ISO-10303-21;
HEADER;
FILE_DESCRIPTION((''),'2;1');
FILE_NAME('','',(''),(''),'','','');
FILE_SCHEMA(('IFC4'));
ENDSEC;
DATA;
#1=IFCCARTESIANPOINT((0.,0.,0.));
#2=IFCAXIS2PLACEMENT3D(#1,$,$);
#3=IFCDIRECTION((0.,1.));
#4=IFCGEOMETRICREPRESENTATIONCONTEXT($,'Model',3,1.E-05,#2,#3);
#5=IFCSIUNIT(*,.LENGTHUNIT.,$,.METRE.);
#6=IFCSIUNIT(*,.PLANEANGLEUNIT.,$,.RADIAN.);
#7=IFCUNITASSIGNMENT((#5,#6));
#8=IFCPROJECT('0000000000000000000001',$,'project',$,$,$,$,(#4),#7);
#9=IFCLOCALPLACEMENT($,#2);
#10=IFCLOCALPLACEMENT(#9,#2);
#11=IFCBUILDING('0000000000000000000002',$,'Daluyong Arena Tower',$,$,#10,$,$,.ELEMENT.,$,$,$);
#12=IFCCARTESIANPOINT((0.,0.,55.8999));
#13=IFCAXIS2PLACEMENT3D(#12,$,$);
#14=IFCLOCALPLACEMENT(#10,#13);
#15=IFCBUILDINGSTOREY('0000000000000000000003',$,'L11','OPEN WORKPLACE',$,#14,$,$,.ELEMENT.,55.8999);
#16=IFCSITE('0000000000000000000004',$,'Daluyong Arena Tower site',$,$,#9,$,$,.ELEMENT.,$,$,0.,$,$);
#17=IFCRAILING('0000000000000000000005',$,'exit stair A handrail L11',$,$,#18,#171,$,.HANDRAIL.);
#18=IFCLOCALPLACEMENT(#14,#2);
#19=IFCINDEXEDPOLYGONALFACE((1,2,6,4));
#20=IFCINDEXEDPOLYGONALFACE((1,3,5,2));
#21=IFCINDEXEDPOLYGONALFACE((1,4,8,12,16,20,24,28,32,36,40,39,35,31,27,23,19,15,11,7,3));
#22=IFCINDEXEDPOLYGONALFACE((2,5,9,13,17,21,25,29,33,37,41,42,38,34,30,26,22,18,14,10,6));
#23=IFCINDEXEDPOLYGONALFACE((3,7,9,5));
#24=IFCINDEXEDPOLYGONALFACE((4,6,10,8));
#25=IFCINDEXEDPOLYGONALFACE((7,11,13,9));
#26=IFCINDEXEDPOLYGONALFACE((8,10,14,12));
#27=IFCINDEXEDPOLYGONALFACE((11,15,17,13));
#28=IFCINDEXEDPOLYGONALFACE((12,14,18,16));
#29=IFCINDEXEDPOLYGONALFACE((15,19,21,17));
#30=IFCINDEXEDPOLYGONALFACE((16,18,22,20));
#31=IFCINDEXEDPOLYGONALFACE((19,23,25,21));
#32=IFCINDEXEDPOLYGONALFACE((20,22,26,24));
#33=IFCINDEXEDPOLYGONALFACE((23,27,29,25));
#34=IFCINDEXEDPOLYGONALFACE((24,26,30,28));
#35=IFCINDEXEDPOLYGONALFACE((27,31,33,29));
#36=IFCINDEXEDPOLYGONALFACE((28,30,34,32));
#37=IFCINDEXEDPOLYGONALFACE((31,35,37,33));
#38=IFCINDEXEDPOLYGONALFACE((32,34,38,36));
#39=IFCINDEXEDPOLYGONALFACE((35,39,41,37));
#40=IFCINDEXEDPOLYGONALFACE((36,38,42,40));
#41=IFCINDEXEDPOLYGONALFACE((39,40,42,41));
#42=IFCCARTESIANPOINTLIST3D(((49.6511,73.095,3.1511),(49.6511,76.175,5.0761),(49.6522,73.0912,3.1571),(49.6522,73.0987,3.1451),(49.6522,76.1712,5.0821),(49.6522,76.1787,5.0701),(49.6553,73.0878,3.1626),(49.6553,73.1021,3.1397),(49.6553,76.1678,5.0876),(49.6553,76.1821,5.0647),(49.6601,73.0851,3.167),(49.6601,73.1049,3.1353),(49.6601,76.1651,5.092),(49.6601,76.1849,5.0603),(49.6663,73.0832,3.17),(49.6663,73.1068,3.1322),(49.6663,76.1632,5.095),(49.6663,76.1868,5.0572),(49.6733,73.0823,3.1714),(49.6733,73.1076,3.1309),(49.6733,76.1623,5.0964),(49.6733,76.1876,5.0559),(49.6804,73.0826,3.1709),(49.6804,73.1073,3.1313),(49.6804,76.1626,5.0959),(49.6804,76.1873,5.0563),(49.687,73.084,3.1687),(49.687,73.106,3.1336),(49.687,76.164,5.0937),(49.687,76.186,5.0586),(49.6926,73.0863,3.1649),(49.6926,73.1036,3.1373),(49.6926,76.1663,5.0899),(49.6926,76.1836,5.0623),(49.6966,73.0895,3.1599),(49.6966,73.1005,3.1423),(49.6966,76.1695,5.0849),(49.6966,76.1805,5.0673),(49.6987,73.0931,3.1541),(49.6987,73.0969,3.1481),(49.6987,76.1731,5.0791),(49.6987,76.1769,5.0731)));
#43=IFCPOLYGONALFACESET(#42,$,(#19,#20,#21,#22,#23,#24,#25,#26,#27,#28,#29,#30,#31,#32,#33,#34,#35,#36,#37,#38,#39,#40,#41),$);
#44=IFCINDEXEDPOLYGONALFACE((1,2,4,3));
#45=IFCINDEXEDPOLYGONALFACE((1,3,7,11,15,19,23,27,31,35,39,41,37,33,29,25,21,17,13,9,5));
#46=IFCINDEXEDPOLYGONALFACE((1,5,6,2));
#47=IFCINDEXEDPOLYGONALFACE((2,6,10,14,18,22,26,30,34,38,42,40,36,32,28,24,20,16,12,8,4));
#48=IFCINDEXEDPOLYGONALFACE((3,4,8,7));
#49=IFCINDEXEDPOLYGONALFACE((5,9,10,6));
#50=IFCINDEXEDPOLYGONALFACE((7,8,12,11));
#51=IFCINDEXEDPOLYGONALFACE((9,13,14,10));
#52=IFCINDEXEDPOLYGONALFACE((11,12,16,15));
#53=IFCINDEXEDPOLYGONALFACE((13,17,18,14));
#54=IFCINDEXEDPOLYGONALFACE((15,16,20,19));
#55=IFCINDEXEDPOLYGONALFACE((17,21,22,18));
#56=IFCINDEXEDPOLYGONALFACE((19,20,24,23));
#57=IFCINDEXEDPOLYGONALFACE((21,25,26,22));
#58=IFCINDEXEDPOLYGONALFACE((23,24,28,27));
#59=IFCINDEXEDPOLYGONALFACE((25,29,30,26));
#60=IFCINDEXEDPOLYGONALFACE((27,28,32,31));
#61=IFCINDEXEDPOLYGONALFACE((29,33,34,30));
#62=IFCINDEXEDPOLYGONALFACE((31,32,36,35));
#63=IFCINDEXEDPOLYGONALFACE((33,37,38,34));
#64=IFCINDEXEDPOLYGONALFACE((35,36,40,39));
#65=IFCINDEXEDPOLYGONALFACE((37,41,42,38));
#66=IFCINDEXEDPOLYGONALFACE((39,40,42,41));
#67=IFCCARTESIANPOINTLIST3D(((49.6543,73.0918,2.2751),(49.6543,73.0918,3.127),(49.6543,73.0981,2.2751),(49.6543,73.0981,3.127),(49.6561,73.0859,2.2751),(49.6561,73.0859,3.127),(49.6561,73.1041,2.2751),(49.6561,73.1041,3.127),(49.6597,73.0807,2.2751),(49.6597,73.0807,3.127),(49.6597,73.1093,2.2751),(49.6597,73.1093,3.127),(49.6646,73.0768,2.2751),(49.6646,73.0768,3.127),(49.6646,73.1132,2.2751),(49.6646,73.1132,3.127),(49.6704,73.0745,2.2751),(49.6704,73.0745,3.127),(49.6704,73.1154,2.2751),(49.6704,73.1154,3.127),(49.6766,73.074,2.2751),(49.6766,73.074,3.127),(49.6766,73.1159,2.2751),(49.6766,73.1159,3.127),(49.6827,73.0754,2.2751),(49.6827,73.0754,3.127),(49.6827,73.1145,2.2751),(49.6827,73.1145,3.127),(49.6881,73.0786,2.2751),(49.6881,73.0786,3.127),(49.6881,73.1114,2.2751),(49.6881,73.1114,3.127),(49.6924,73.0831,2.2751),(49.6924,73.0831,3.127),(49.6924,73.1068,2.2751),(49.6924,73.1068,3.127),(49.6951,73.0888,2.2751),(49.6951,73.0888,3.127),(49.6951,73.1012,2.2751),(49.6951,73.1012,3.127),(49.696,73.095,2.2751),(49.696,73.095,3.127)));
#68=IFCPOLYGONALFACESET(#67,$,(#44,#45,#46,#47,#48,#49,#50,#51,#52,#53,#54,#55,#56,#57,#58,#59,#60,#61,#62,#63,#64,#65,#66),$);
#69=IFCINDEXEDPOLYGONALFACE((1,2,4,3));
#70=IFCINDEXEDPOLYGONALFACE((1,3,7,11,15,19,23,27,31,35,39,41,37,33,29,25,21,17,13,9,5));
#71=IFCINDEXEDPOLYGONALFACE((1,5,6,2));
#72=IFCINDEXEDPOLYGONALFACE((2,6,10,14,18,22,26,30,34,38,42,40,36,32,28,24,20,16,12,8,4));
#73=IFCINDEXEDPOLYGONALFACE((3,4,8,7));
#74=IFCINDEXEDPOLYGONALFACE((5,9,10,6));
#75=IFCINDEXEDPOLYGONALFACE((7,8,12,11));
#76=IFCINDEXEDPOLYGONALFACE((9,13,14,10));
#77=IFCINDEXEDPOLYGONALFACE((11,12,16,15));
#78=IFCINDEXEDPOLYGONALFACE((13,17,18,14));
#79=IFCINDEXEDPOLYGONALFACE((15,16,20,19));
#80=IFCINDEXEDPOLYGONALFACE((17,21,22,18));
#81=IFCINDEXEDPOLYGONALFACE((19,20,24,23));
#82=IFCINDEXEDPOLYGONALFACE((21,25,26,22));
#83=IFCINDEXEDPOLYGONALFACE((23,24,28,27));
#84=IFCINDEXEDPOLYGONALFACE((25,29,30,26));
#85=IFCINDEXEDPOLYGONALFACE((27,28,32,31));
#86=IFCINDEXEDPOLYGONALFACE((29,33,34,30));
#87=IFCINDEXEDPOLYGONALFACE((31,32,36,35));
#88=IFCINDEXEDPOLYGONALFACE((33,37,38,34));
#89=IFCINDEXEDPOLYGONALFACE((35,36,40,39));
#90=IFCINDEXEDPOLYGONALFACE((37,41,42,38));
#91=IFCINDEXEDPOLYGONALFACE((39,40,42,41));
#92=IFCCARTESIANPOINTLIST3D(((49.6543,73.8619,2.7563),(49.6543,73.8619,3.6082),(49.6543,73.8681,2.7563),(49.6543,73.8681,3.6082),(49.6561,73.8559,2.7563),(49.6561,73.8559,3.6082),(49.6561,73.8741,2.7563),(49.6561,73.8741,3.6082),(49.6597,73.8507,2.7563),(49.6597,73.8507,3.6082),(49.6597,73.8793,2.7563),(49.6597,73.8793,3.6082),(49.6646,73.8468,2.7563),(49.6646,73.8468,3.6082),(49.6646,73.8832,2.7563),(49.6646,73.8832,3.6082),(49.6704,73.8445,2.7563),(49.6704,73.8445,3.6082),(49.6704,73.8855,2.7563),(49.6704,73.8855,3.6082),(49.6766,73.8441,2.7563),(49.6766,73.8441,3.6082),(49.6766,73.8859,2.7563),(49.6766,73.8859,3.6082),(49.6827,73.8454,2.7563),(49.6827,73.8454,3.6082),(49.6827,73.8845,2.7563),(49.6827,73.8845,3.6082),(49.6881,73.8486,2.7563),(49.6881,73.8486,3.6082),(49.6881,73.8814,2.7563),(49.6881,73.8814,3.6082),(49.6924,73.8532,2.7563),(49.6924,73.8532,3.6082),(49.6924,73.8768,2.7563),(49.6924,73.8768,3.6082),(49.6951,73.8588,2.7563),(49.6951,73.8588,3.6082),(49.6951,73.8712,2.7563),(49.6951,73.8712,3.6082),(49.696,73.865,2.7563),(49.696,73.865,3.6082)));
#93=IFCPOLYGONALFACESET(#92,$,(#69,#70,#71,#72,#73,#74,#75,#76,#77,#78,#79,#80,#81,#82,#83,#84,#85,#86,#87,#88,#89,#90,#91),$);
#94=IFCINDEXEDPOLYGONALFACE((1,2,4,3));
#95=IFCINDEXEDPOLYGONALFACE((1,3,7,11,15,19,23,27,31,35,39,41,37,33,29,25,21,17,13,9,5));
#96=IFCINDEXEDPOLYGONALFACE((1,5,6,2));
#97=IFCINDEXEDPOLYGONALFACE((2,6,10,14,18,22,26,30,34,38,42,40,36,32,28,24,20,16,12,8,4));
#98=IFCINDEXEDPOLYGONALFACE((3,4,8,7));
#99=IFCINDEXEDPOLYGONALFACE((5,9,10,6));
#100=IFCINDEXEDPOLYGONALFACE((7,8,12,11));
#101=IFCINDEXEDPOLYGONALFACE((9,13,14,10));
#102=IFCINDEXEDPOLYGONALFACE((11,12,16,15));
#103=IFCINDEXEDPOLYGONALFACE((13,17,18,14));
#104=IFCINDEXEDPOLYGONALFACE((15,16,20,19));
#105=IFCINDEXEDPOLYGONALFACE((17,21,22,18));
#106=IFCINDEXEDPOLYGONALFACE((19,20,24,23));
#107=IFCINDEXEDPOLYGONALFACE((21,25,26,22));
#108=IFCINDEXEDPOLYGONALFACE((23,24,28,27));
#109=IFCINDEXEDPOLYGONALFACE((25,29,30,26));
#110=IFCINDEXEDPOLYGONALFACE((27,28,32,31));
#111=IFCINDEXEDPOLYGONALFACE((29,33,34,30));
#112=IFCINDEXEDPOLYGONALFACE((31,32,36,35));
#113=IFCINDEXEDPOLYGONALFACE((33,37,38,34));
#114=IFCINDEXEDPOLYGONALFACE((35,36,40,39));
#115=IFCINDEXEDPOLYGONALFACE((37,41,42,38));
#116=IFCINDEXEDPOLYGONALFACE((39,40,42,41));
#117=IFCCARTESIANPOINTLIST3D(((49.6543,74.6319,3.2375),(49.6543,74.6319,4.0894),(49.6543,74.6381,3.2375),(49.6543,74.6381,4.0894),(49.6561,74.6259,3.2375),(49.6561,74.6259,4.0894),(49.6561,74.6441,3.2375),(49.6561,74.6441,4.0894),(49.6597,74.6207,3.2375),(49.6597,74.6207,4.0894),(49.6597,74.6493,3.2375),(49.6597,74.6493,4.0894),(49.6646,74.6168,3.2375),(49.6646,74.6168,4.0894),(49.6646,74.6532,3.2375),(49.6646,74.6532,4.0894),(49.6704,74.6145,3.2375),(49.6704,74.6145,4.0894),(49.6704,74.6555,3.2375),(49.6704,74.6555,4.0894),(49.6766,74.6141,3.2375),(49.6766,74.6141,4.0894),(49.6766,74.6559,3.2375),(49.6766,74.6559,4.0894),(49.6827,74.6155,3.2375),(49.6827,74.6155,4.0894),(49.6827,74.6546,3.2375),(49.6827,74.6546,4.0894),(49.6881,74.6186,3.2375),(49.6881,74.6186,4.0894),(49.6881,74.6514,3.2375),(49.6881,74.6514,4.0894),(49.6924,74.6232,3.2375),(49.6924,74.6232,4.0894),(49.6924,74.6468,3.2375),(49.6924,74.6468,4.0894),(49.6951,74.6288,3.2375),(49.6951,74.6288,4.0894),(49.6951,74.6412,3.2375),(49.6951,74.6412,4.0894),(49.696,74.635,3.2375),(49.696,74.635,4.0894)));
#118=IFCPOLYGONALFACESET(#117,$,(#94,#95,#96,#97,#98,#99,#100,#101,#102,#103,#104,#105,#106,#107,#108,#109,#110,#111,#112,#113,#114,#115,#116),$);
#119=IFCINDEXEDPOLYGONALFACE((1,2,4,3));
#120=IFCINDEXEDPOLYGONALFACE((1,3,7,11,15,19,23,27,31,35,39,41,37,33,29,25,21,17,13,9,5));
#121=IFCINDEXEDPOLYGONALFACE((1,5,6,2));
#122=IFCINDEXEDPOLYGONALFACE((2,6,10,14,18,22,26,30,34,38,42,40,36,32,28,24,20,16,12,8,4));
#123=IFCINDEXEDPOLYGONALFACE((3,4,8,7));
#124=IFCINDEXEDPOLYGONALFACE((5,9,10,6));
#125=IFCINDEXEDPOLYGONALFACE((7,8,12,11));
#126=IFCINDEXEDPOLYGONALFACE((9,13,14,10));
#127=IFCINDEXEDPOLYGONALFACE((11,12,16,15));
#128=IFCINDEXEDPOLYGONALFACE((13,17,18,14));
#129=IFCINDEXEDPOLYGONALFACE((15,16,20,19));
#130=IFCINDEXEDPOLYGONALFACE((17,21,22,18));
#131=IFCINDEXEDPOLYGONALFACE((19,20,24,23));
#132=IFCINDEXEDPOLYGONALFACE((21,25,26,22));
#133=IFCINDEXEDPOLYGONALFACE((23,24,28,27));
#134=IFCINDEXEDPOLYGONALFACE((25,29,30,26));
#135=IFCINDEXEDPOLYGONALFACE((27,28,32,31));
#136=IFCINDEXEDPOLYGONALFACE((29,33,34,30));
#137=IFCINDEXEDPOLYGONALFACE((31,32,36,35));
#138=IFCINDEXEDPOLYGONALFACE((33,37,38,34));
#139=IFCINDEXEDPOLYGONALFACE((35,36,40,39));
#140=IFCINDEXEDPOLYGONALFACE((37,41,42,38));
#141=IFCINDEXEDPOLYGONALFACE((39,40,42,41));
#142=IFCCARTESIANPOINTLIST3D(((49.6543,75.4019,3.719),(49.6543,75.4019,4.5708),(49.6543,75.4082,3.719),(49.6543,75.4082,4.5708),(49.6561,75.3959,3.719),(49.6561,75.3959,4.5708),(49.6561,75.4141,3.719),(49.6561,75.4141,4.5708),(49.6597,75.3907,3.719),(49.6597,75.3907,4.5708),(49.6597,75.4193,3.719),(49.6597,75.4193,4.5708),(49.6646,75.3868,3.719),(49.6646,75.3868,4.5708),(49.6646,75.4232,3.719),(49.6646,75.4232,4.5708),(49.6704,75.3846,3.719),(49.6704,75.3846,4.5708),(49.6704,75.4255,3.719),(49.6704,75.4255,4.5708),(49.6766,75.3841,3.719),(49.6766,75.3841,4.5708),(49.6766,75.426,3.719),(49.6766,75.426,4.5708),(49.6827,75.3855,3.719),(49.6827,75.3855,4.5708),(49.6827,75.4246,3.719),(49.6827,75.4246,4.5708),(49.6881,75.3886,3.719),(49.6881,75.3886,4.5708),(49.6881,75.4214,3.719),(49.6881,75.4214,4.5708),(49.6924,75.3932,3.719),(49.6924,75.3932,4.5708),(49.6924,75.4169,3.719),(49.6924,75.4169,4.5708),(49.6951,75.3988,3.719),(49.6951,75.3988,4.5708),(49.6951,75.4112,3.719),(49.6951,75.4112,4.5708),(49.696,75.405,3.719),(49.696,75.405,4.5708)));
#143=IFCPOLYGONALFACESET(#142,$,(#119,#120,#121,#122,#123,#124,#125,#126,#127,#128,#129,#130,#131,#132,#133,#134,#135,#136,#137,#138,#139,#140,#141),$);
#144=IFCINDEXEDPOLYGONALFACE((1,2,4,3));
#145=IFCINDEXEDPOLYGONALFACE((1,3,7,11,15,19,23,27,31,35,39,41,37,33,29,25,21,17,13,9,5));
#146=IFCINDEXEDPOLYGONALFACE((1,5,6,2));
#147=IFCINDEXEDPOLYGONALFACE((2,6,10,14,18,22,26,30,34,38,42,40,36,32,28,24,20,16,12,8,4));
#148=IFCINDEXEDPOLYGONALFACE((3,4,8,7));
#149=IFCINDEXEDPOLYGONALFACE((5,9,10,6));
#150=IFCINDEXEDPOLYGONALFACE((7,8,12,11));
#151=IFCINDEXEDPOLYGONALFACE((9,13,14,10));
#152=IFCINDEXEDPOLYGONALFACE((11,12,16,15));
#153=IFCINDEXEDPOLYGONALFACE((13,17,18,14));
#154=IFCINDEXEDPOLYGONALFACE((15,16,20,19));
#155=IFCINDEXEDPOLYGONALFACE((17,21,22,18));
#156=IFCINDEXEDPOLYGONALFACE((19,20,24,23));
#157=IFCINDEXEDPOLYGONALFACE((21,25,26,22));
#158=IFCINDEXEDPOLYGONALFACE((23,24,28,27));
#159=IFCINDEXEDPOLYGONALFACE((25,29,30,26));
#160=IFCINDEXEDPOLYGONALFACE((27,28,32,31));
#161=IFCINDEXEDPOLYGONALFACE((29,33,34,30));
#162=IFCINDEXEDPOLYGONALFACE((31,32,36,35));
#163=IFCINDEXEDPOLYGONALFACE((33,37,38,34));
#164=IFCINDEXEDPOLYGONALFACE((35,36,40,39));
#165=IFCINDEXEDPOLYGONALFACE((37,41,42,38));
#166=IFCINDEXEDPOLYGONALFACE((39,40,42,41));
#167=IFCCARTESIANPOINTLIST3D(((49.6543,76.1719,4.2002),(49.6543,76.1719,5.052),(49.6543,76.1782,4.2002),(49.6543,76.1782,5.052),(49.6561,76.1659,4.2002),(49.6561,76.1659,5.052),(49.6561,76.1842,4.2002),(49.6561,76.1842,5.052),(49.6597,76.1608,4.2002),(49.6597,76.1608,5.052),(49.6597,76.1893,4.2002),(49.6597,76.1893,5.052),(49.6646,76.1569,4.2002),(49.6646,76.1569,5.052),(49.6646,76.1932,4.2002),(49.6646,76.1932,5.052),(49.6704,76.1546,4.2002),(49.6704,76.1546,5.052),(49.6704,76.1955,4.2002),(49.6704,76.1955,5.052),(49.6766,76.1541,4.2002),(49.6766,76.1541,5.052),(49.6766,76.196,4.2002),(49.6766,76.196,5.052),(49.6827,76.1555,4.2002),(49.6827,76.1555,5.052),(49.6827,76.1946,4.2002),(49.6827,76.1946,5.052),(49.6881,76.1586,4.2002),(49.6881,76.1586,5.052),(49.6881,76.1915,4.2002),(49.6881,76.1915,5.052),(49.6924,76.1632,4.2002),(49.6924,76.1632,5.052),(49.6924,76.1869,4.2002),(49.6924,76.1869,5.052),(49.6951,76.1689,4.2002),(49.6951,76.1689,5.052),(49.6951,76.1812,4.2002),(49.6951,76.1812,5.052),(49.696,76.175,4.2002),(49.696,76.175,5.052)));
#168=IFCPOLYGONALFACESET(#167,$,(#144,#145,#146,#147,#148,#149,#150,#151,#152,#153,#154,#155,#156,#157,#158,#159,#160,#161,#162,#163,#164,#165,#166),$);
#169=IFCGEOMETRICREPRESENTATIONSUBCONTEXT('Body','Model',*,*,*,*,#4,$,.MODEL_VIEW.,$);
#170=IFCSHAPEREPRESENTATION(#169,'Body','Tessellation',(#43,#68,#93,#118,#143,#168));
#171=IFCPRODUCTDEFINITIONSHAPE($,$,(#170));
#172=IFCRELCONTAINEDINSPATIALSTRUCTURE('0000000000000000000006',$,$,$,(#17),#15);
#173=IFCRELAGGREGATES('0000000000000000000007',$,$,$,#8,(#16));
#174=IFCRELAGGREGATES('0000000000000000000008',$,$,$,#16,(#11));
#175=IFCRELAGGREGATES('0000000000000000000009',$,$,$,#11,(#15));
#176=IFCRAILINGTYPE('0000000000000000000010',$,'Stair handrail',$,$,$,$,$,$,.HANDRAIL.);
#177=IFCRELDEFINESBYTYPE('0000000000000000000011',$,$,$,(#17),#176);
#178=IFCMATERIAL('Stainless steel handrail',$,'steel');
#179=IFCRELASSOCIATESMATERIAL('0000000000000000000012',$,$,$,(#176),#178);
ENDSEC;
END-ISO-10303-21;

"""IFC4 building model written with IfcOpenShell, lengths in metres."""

from ifc_helpers import new_model, si_unit, direction, frame, origin, origin_2d, place, context, subcontext, project, spatial, circle, extrude, material, type_object, element, save


model = new_model("IFC4")

# Units and contexts
model_context = context("Model", 3, precision=1e-05, world=origin(), true_north=direction((0.0, 1.0)))
body_context = subcontext(model_context, "Body", "Model", "MODEL_VIEW")
ifc_project = project(units=[si_unit("LENGTHUNIT", "METRE"), si_unit("PLANEANGLEUNIT", "RADIAN")], contexts=[model_context])

# Site, building, storey
site_placement = place(None, origin())
site = spatial("IfcSite", under=ifc_project, at=site_placement, Name="Daluyong Arena Tower site", CompositionType="ELEMENT", RefElevation=0.0)
building_placement = place(site_placement, origin())
building = spatial("IfcBuilding", under=site, at=building_placement, Name="Daluyong Arena Tower", CompositionType="ELEMENT")
storey_placement = place(building_placement, frame((0.0, 0.0, 55.8999)))
storey = spatial("IfcBuildingStorey", under=building, at=storey_placement, Name="L11", Description="OPEN WORKPLACE", CompositionType="ELEMENT", Elevation=55.8999)

# Railing
ifc_material_1 = material(Name="Stainless steel handrail", Category="steel")
railing_type_1 = type_object("IfcRailingType", Name="Stair handrail", PredefinedType="HANDRAIL", material=ifc_material_1)
railing_1_placement = place(storey_placement, frame((49.675, 73.095, 2.2751)))
element("IfcRailing", 1, at=railing_1_placement, inside=storey, type_object=railing_type_1, Name="exit stair A handrail L11", PredefinedType="HANDRAIL", context=body_context, shape_type="SweptSolid", body=[
    extrude(circle(Radius=0.0239, at=origin_2d()), frame((0.0, 0.0, 0.876), z_axis=(0.0, 0.847998, 0.529999), x_axis=(-1.0, 0.0, 0.0)), (0.0, 0.0, 1.0), 3.6321),
    extrude(circle(Radius=0.021, at=origin_2d()), origin(), (0.0, 0.0, 1.0), 0.8518),
    extrude(circle(Radius=0.021, at=origin_2d()), frame((0.0, 0.77, 0.4812)), (0.0, 0.0, 1.0), 0.8518),
    extrude(circle(Radius=0.021, at=origin_2d()), frame((0.0, 1.54, 0.9624)), (0.0, 0.0, 1.0), 0.8518),
    extrude(circle(Radius=0.021, at=origin_2d()), frame((0.0, 2.3101, 1.4438)), (0.0, 0.0, 1.0), 0.8518),
    extrude(circle(Radius=0.021, at=origin_2d()), frame((0.0, 3.0801, 1.925)), (0.0, 0.0, 1.0), 0.8518),
])

save(model, "model.ifc")
